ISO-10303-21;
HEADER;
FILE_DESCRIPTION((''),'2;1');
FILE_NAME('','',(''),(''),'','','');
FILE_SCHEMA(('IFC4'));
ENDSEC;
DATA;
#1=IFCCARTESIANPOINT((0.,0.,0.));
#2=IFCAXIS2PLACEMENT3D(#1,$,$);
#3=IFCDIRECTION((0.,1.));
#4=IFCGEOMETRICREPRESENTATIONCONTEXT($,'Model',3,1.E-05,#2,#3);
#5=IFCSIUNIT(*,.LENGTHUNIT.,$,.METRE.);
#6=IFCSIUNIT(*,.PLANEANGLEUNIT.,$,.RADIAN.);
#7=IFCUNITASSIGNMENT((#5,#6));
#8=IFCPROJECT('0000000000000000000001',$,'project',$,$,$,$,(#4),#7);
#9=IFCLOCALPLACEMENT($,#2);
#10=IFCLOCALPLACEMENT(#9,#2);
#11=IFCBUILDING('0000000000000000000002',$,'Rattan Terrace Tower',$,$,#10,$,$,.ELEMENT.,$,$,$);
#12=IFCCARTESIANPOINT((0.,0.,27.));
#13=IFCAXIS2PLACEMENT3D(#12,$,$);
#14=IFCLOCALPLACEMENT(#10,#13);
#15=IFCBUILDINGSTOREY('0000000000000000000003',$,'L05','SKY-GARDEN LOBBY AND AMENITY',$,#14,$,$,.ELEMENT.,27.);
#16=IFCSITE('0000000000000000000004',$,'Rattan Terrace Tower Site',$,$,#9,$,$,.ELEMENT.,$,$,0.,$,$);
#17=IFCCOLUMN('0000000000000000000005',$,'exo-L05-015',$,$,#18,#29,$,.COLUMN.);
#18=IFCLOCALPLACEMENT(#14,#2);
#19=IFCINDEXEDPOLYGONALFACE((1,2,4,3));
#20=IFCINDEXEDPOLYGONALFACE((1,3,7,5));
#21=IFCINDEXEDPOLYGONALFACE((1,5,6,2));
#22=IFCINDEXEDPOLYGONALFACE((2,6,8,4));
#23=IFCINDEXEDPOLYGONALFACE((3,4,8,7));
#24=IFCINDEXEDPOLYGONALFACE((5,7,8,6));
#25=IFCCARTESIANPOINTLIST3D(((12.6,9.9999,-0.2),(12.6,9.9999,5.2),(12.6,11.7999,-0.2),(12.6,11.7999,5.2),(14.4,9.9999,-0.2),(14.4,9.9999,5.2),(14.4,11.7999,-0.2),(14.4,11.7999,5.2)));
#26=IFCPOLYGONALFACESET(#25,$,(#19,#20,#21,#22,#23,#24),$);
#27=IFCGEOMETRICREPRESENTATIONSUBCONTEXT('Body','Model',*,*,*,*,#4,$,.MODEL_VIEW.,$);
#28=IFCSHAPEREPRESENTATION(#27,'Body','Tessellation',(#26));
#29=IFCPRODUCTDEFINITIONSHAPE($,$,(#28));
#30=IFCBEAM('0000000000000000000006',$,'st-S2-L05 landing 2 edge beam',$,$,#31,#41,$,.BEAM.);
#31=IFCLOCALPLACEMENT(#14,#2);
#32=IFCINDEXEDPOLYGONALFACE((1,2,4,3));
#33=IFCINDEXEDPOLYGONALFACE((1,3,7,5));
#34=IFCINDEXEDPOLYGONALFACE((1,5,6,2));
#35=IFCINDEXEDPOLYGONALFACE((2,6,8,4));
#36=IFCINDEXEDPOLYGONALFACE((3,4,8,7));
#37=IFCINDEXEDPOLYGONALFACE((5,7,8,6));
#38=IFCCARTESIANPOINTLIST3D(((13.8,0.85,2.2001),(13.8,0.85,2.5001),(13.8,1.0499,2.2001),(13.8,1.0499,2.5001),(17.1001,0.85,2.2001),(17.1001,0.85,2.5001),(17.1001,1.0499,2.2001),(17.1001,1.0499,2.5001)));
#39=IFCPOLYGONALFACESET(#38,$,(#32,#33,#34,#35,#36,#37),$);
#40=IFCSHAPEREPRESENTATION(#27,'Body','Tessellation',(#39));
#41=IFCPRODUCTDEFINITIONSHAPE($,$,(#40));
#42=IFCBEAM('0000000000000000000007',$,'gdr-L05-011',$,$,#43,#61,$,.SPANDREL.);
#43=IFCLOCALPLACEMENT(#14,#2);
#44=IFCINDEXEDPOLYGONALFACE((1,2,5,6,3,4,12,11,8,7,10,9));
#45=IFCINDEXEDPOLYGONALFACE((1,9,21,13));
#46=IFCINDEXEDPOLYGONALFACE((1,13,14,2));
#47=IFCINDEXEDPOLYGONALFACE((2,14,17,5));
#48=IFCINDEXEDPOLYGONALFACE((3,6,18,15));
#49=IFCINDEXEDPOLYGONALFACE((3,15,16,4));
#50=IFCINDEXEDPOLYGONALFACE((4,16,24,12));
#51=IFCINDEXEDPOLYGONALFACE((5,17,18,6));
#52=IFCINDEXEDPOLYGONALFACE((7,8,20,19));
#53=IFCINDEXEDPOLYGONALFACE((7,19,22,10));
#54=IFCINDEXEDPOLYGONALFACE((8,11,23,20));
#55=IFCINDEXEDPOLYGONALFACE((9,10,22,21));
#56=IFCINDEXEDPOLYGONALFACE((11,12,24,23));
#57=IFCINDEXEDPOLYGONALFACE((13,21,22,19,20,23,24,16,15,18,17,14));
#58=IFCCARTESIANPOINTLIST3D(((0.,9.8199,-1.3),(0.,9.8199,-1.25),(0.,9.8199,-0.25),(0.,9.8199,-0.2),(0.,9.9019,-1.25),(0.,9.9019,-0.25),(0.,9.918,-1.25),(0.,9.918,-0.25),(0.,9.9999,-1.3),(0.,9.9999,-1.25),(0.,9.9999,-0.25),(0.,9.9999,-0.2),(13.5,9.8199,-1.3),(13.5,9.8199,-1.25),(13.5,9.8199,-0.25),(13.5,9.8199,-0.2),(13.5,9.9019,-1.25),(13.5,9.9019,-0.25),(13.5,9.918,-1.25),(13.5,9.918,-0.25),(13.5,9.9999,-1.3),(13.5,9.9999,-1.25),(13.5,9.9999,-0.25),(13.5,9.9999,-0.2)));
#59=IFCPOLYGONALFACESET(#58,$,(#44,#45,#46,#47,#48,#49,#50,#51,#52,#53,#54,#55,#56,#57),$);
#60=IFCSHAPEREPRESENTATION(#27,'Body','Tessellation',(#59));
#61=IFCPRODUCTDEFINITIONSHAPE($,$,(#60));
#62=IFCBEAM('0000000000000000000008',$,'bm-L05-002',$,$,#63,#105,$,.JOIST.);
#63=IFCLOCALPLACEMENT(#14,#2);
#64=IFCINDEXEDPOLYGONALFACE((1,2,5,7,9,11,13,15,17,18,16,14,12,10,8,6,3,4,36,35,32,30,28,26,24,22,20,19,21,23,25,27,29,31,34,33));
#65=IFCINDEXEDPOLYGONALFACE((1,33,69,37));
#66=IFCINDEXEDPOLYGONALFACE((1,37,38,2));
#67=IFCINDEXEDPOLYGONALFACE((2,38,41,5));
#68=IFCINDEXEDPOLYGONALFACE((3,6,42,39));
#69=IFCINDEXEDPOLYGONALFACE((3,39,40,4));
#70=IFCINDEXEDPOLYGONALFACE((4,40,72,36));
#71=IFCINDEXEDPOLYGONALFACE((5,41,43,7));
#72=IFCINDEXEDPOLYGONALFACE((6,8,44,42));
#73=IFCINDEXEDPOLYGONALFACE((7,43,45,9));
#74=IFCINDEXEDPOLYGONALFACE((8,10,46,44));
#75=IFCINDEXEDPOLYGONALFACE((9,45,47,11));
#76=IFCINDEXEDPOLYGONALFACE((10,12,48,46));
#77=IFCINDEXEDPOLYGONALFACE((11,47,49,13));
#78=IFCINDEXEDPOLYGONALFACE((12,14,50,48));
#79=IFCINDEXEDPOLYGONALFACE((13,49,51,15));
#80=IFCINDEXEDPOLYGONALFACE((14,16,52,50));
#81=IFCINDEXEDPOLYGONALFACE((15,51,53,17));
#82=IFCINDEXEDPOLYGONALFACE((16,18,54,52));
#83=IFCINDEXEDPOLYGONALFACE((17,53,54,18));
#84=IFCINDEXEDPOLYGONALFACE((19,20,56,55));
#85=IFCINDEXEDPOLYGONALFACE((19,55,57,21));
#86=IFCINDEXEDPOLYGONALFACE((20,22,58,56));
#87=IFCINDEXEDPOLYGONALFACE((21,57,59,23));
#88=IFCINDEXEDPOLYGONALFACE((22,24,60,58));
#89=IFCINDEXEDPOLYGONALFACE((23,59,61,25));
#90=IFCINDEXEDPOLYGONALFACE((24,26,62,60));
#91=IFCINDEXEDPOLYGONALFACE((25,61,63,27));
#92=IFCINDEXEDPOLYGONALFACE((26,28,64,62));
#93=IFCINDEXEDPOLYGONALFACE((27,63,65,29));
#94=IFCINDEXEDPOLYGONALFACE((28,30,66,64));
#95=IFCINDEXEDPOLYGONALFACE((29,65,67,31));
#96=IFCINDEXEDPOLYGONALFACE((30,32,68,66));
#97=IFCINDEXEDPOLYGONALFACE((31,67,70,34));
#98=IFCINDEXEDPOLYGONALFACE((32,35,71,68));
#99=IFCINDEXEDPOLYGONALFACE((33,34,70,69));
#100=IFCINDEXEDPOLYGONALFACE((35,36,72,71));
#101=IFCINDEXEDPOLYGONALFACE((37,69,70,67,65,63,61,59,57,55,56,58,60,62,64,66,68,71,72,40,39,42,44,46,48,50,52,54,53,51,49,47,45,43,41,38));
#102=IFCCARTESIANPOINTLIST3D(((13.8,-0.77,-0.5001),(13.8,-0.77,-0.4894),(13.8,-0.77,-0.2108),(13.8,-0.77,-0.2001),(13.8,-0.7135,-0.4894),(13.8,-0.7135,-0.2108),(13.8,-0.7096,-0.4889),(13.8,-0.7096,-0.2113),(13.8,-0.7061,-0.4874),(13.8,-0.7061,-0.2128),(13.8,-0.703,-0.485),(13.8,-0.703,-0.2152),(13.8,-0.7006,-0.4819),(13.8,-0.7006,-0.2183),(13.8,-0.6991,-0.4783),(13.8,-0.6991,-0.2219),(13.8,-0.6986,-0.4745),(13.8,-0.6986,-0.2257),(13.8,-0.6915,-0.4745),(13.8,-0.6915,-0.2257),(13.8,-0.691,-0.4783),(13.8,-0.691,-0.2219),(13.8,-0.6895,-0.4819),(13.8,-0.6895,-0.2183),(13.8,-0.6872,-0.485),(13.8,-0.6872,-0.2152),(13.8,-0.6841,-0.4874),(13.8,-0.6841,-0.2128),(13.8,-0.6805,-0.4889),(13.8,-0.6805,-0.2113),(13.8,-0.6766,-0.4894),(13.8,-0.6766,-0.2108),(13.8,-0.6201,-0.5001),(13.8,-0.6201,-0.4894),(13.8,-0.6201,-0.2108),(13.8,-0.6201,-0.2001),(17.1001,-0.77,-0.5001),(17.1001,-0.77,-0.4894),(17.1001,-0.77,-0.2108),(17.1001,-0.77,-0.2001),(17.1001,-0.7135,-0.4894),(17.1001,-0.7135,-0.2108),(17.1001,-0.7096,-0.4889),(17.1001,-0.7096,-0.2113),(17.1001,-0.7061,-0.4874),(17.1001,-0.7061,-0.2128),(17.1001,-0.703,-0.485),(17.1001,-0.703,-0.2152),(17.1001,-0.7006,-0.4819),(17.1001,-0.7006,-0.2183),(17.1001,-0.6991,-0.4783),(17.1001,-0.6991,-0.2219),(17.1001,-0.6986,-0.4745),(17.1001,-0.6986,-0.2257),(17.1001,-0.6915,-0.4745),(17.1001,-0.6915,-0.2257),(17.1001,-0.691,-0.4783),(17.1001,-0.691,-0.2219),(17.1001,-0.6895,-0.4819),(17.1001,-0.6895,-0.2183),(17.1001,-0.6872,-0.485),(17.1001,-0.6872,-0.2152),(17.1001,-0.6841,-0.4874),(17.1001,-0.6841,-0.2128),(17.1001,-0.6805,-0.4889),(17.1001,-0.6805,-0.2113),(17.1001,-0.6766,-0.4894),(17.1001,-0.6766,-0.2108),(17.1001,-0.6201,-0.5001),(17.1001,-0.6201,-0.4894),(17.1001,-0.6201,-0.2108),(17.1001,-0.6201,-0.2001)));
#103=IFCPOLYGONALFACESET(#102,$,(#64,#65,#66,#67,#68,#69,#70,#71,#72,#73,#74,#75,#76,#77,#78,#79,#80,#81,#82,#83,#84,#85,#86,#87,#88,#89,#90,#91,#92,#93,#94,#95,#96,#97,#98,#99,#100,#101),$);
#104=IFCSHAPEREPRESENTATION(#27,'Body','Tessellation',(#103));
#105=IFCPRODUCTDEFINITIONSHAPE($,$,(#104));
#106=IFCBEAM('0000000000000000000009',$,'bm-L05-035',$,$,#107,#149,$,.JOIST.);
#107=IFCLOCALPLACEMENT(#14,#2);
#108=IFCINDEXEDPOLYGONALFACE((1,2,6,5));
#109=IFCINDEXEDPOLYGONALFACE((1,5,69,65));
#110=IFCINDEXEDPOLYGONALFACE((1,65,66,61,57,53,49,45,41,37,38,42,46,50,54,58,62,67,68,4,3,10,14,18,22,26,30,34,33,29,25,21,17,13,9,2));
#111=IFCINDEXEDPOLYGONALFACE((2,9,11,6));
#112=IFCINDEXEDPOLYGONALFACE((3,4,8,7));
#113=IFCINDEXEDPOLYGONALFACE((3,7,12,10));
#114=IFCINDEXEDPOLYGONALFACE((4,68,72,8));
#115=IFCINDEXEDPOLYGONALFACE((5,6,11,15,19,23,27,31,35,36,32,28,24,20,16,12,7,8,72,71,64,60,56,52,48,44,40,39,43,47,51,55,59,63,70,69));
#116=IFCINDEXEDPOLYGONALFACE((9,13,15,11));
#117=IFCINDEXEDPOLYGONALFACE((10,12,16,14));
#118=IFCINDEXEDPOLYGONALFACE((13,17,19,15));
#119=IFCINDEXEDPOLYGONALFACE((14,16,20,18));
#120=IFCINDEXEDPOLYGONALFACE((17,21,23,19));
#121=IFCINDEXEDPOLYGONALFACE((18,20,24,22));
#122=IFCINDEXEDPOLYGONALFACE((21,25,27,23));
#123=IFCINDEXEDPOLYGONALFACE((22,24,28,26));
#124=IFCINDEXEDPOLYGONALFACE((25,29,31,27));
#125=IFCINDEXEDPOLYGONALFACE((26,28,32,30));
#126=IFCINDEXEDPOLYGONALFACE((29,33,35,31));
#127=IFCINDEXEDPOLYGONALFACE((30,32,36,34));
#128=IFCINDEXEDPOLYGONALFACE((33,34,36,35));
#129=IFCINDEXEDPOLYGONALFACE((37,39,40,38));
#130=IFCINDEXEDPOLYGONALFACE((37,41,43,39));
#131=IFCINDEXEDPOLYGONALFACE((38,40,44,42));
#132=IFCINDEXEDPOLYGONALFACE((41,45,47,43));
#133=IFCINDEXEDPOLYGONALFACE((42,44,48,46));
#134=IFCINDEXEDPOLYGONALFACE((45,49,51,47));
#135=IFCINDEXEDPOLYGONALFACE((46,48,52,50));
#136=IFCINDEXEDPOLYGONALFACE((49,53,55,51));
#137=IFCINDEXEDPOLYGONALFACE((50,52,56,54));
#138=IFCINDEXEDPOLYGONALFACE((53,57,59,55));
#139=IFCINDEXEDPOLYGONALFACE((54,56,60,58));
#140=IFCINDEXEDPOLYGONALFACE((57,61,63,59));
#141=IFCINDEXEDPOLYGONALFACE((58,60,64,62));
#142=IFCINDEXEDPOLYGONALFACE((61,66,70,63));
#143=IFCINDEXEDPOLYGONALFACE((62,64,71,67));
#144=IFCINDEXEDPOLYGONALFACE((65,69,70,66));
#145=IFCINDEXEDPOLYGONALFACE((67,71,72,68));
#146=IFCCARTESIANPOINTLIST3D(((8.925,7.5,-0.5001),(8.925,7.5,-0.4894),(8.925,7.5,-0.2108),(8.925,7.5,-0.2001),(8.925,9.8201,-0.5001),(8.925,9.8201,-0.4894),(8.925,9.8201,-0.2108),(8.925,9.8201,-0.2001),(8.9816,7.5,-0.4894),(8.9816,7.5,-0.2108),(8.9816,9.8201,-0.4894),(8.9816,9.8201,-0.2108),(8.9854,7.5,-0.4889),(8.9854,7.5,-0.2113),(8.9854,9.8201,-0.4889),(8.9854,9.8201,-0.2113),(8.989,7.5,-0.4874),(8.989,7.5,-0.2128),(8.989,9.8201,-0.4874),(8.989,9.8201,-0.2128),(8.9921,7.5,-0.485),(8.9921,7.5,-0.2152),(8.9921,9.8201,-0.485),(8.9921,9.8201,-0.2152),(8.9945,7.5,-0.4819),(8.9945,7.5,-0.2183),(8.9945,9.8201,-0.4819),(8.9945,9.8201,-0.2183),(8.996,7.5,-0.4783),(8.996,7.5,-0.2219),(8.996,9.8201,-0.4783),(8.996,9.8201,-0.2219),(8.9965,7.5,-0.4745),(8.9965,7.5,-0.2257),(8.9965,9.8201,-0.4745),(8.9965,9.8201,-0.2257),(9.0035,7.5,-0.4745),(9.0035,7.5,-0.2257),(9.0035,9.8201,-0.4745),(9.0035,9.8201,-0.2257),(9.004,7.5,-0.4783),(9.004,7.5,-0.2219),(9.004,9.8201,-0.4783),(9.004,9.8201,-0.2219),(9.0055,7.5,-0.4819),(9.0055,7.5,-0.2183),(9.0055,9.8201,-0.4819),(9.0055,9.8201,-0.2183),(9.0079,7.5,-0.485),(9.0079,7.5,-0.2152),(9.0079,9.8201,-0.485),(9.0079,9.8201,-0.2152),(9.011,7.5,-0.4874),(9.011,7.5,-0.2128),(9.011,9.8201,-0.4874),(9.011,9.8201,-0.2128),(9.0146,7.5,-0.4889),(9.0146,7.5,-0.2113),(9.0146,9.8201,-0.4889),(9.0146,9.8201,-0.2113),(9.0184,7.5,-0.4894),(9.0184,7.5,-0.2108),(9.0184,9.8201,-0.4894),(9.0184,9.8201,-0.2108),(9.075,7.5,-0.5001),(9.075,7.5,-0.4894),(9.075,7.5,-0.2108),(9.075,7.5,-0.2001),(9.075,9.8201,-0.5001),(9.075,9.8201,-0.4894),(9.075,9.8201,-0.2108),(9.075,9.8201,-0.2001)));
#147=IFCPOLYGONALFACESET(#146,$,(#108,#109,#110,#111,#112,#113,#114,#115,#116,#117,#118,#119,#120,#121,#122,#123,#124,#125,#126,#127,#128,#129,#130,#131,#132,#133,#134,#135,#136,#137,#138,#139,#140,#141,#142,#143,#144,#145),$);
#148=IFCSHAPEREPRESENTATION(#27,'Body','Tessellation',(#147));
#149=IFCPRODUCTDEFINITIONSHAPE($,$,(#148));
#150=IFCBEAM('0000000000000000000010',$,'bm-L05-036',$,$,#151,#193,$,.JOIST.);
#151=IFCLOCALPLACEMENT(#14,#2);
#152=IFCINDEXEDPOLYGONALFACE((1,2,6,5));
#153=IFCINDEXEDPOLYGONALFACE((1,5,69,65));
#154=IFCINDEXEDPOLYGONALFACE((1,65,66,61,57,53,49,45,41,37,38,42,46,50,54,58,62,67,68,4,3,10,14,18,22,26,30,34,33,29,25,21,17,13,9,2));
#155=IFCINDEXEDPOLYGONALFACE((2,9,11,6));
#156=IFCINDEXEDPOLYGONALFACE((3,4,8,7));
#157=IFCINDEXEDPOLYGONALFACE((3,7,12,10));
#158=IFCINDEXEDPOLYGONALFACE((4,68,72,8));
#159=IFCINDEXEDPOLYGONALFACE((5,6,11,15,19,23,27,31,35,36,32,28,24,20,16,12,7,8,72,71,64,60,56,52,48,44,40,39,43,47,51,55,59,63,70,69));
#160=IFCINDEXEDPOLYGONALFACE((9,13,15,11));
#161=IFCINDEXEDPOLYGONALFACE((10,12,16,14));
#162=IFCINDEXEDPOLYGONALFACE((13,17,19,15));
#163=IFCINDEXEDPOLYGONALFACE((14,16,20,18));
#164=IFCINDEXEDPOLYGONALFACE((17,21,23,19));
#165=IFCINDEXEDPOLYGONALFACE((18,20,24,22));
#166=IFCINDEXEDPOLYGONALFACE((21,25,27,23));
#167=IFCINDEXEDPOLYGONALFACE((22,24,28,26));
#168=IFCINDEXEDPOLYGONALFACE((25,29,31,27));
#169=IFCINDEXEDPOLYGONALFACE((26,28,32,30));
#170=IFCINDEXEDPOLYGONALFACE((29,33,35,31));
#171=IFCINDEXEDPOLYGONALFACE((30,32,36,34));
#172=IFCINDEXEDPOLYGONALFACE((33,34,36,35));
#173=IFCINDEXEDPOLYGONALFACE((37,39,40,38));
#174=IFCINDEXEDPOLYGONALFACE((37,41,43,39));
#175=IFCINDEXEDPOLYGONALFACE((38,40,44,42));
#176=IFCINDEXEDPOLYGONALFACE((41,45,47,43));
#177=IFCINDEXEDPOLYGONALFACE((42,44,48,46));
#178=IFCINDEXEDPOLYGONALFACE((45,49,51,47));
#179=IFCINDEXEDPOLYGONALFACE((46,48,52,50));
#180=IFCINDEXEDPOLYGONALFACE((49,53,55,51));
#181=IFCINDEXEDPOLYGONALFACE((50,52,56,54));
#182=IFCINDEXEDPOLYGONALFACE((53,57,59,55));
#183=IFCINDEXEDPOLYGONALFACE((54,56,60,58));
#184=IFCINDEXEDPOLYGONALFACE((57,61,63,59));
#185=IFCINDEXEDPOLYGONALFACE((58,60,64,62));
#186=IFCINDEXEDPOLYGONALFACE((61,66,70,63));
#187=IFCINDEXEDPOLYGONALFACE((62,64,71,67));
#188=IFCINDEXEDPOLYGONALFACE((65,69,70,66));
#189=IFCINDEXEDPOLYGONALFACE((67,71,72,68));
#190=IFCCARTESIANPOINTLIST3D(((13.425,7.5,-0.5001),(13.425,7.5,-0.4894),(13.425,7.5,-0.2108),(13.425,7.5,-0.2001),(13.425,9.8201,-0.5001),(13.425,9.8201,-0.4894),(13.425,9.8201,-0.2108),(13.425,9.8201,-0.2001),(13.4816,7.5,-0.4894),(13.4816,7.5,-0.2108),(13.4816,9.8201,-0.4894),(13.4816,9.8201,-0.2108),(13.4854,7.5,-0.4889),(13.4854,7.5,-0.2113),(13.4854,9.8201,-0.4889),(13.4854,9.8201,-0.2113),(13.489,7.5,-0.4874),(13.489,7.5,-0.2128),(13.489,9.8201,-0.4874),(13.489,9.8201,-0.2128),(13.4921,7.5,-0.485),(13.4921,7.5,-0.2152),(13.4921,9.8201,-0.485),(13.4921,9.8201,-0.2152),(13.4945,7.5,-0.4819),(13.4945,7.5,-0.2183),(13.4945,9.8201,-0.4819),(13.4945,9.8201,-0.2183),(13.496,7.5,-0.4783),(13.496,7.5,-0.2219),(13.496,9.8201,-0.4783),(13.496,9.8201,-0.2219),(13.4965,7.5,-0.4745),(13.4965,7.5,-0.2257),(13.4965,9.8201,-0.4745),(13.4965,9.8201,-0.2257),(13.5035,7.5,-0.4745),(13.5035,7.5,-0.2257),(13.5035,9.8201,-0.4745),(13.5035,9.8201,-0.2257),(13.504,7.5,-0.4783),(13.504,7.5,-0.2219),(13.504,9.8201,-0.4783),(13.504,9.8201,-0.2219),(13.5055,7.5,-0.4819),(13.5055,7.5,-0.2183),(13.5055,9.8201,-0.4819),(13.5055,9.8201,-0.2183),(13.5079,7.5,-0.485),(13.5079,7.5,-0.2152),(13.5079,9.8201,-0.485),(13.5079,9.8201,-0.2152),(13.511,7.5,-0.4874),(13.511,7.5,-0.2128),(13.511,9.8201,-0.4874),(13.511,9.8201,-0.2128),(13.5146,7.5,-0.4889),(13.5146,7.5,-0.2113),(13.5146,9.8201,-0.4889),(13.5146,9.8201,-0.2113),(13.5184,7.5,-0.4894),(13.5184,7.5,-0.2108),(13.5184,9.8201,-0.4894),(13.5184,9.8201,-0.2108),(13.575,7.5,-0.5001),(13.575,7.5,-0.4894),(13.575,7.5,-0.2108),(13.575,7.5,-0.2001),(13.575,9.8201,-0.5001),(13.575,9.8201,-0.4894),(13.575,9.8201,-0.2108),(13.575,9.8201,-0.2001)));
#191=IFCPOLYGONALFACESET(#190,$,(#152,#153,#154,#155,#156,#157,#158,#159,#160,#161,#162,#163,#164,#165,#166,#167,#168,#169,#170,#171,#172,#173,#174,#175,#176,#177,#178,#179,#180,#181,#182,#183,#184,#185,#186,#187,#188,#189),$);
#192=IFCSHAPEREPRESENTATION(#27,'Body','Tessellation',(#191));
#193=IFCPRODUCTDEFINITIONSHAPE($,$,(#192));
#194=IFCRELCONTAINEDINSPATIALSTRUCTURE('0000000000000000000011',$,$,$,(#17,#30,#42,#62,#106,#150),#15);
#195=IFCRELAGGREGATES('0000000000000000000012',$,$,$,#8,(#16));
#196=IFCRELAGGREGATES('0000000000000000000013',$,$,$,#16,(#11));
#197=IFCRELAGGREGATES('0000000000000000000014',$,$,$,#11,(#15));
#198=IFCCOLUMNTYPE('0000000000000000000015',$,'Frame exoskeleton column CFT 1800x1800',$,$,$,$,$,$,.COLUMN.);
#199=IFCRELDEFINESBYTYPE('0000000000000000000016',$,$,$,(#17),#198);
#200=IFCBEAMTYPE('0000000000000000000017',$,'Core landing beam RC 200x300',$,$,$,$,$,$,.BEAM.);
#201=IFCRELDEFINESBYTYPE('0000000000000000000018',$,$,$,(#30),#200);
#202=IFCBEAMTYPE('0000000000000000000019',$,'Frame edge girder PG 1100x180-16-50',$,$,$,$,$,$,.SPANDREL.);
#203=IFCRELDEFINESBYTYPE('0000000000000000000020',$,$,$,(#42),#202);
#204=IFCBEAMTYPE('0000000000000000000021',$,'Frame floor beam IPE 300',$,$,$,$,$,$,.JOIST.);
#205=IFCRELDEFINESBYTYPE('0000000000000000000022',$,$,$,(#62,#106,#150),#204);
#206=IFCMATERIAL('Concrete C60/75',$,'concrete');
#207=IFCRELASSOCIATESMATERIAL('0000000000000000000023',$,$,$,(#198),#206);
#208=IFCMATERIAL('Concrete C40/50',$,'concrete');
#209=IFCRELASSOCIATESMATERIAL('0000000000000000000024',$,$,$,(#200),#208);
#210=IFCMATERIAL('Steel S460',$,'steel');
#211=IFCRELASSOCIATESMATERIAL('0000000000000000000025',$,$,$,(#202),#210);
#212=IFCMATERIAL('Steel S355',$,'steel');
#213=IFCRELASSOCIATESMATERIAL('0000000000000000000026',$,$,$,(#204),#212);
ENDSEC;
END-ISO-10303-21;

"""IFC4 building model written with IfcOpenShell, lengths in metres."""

from ifc_helpers import new_model, si_unit, direction, frame, origin, origin_2d, place, context, subcontext, project, spatial, rectangle, i_section, extrude, material, material_profile, profile_set, type_object, element, save


model = new_model("IFC4")

# Units and contexts
model_context = context("Model", 3, precision=1e-05, world=origin(), true_north=direction((0.0, 1.0)))
body_context = subcontext(model_context, "Body", "Model", "MODEL_VIEW")
ifc_project = project(units=[si_unit("LENGTHUNIT", "METRE"), si_unit("PLANEANGLEUNIT", "RADIAN")], contexts=[model_context])

# Site, building, storey
site_placement = place(None, origin())
site = spatial("IfcSite", under=ifc_project, at=site_placement, Name="Rattan Terrace Tower Site", CompositionType="ELEMENT", RefElevation=0.0)
building_placement = place(site_placement, origin())
building = spatial("IfcBuilding", under=site, at=building_placement, Name="Rattan Terrace Tower", CompositionType="ELEMENT")
storey_placement = place(building_placement, frame((0.0, 0.0, 27.0)))
storey = spatial("IfcBuildingStorey", under=building, at=storey_placement, Name="L05", Description="SKY-GARDEN LOBBY AND AMENITY", CompositionType="ELEMENT", Elevation=27.0)

# Column
ifc_material_1 = material(Name="Concrete C60/75", Category="concrete")
ifc_material_profile_1 = material_profile(ifc_material_1, rectangle(XDim=1.8, YDim=1.8, at=origin_2d()), Name="CFT 1800x1800")
ifc_profile_set_1 = profile_set([ifc_material_profile_1], Name="Concrete C60/75")
column_type = type_object("IfcColumnType", Name="Frame exoskeleton column CFT 1800x1800", PredefinedType="COLUMN", material=ifc_profile_set_1)
column_placement = place(storey_placement, frame((13.5, 10.8999, -0.2), z_axis=(0.0, 0.0, 1.0), x_axis=(1.0, 0.0, 0.0)))
element("IfcColumn", 1, at=column_placement, inside=storey, type_object=column_type, Name="exo-L05-015", PredefinedType="COLUMN", context=body_context, shape_type="SweptSolid", body=[
    extrude(rectangle(XDim=1.8, YDim=1.8, at=origin_2d()), origin(), (0.0, 0.0, 1.0), 5.3999),
])

# Beams
ifc_material_2 = material(Name="Concrete C40/50", Category="concrete")
ifc_material_profile_2 = material_profile(ifc_material_2, rectangle(XDim=0.2, YDim=0.3, at=origin_2d()), Name="RC 200x300")
ifc_profile_set_2 = profile_set([ifc_material_profile_2], Name="Concrete C40/50")
beam_type_1 = type_object("IfcBeamType", Name="Core landing beam RC 200x300", PredefinedType="BEAM", material=ifc_profile_set_2)
beam_1_placement = place(storey_placement, frame((13.8, 0.95, 2.3501), z_axis=(1.0, 0.0, 0.0), x_axis=(0.0, 1.0, 0.0)))
element("IfcBeam", 2, at=beam_1_placement, inside=storey, type_object=beam_type_1, Name="st-S2-L05 landing 2 edge beam", PredefinedType="BEAM", context=body_context, shape_type="SweptSolid", body=[
    extrude(rectangle(XDim=0.2, YDim=0.3, at=origin_2d()), origin(), (0.0, 0.0, 1.0), 3.3),
])
ifc_material_3 = material(Name="Steel S460", Category="steel")
ifc_material_profile_3 = material_profile(ifc_material_3, i_section(OverallWidth=0.1799, OverallDepth=1.1001, WebThickness=0.0161, FlangeThickness=0.05, at=origin_2d()), Name="PG 1100x180-16-50")
ifc_profile_set_3 = profile_set([ifc_material_profile_3], Name="Steel S460")
beam_type_2 = type_object("IfcBeamType", Name="Frame edge girder PG 1100x180-16-50", PredefinedType="SPANDREL", material=ifc_profile_set_3)
beam_2_placement = place(storey_placement, frame((13.5, 9.9099, -0.75), z_axis=(-1.0, 0.0, 0.0), x_axis=(0.0, -1.0, 0.0)))
element("IfcBeam", 3, at=beam_2_placement, inside=storey, type_object=beam_type_2, Name="gdr-L05-011", PredefinedType="SPANDREL", context=body_context, shape_type="SweptSolid", body=[
    extrude(i_section(OverallWidth=0.1799, OverallDepth=1.1001, WebThickness=0.0161, FlangeThickness=0.05, at=origin_2d()), origin(), (0.0, 0.0, 1.0), 13.5),
])
ifc_material_4 = material(Name="Steel S355", Category="steel")
ifc_material_profile_4 = material_profile(ifc_material_4, i_section(OverallWidth=0.1499, OverallDepth=0.3, WebThickness=0.0071, FlangeThickness=0.0107, FilletRadius=0.0149, at=origin_2d()), Name="IPE 300")
ifc_profile_set_4 = profile_set([ifc_material_profile_4], Name="Steel S355")
beam_type_3 = type_object("IfcBeamType", Name="Frame floor beam IPE 300", PredefinedType="JOIST", material=ifc_profile_set_4)
beam_3_placement = place(storey_placement, frame((13.8, -0.6951, -0.3501), z_axis=(1.0, 0.0, 0.0), x_axis=(0.0, 1.0, 0.0)))
element("IfcBeam", 4, at=beam_3_placement, inside=storey, type_object=beam_type_3, Name="bm-L05-002", PredefinedType="JOIST", context=body_context, shape_type="SweptSolid", body=[
    extrude(i_section(OverallWidth=0.1499, OverallDepth=0.3, WebThickness=0.0071, FlangeThickness=0.0107, FilletRadius=0.0149, at=origin_2d()), origin(), (0.0, 0.0, 1.0), 3.3),
])
for number, where, z_axis, x_axis, name in (
    (5, (9.0, 7.5, -0.3501), (0.0, 1.0, 0.0), (-1.0, 0.0, 0.0), "bm-L05-035"),
    (6, (13.5, 7.5, -0.3501), (0.0, 1.0, 0.0), (-1.0, 0.0, 0.0), "bm-L05-036"),
):
    element("IfcBeam", number, at=place(storey_placement, frame(where, z_axis=z_axis, x_axis=x_axis)), inside=storey, type_object=beam_type_3, Name=name, PredefinedType="JOIST", context=body_context, shape_type="SweptSolid", body=[
        extrude(i_section(OverallWidth=0.1499, OverallDepth=0.3, WebThickness=0.0071, FlangeThickness=0.0107, FilletRadius=0.0149, at=origin_2d()), origin(), (0.0, 0.0, 1.0), 2.3201),
    ])

save(model, "model.ifc")
